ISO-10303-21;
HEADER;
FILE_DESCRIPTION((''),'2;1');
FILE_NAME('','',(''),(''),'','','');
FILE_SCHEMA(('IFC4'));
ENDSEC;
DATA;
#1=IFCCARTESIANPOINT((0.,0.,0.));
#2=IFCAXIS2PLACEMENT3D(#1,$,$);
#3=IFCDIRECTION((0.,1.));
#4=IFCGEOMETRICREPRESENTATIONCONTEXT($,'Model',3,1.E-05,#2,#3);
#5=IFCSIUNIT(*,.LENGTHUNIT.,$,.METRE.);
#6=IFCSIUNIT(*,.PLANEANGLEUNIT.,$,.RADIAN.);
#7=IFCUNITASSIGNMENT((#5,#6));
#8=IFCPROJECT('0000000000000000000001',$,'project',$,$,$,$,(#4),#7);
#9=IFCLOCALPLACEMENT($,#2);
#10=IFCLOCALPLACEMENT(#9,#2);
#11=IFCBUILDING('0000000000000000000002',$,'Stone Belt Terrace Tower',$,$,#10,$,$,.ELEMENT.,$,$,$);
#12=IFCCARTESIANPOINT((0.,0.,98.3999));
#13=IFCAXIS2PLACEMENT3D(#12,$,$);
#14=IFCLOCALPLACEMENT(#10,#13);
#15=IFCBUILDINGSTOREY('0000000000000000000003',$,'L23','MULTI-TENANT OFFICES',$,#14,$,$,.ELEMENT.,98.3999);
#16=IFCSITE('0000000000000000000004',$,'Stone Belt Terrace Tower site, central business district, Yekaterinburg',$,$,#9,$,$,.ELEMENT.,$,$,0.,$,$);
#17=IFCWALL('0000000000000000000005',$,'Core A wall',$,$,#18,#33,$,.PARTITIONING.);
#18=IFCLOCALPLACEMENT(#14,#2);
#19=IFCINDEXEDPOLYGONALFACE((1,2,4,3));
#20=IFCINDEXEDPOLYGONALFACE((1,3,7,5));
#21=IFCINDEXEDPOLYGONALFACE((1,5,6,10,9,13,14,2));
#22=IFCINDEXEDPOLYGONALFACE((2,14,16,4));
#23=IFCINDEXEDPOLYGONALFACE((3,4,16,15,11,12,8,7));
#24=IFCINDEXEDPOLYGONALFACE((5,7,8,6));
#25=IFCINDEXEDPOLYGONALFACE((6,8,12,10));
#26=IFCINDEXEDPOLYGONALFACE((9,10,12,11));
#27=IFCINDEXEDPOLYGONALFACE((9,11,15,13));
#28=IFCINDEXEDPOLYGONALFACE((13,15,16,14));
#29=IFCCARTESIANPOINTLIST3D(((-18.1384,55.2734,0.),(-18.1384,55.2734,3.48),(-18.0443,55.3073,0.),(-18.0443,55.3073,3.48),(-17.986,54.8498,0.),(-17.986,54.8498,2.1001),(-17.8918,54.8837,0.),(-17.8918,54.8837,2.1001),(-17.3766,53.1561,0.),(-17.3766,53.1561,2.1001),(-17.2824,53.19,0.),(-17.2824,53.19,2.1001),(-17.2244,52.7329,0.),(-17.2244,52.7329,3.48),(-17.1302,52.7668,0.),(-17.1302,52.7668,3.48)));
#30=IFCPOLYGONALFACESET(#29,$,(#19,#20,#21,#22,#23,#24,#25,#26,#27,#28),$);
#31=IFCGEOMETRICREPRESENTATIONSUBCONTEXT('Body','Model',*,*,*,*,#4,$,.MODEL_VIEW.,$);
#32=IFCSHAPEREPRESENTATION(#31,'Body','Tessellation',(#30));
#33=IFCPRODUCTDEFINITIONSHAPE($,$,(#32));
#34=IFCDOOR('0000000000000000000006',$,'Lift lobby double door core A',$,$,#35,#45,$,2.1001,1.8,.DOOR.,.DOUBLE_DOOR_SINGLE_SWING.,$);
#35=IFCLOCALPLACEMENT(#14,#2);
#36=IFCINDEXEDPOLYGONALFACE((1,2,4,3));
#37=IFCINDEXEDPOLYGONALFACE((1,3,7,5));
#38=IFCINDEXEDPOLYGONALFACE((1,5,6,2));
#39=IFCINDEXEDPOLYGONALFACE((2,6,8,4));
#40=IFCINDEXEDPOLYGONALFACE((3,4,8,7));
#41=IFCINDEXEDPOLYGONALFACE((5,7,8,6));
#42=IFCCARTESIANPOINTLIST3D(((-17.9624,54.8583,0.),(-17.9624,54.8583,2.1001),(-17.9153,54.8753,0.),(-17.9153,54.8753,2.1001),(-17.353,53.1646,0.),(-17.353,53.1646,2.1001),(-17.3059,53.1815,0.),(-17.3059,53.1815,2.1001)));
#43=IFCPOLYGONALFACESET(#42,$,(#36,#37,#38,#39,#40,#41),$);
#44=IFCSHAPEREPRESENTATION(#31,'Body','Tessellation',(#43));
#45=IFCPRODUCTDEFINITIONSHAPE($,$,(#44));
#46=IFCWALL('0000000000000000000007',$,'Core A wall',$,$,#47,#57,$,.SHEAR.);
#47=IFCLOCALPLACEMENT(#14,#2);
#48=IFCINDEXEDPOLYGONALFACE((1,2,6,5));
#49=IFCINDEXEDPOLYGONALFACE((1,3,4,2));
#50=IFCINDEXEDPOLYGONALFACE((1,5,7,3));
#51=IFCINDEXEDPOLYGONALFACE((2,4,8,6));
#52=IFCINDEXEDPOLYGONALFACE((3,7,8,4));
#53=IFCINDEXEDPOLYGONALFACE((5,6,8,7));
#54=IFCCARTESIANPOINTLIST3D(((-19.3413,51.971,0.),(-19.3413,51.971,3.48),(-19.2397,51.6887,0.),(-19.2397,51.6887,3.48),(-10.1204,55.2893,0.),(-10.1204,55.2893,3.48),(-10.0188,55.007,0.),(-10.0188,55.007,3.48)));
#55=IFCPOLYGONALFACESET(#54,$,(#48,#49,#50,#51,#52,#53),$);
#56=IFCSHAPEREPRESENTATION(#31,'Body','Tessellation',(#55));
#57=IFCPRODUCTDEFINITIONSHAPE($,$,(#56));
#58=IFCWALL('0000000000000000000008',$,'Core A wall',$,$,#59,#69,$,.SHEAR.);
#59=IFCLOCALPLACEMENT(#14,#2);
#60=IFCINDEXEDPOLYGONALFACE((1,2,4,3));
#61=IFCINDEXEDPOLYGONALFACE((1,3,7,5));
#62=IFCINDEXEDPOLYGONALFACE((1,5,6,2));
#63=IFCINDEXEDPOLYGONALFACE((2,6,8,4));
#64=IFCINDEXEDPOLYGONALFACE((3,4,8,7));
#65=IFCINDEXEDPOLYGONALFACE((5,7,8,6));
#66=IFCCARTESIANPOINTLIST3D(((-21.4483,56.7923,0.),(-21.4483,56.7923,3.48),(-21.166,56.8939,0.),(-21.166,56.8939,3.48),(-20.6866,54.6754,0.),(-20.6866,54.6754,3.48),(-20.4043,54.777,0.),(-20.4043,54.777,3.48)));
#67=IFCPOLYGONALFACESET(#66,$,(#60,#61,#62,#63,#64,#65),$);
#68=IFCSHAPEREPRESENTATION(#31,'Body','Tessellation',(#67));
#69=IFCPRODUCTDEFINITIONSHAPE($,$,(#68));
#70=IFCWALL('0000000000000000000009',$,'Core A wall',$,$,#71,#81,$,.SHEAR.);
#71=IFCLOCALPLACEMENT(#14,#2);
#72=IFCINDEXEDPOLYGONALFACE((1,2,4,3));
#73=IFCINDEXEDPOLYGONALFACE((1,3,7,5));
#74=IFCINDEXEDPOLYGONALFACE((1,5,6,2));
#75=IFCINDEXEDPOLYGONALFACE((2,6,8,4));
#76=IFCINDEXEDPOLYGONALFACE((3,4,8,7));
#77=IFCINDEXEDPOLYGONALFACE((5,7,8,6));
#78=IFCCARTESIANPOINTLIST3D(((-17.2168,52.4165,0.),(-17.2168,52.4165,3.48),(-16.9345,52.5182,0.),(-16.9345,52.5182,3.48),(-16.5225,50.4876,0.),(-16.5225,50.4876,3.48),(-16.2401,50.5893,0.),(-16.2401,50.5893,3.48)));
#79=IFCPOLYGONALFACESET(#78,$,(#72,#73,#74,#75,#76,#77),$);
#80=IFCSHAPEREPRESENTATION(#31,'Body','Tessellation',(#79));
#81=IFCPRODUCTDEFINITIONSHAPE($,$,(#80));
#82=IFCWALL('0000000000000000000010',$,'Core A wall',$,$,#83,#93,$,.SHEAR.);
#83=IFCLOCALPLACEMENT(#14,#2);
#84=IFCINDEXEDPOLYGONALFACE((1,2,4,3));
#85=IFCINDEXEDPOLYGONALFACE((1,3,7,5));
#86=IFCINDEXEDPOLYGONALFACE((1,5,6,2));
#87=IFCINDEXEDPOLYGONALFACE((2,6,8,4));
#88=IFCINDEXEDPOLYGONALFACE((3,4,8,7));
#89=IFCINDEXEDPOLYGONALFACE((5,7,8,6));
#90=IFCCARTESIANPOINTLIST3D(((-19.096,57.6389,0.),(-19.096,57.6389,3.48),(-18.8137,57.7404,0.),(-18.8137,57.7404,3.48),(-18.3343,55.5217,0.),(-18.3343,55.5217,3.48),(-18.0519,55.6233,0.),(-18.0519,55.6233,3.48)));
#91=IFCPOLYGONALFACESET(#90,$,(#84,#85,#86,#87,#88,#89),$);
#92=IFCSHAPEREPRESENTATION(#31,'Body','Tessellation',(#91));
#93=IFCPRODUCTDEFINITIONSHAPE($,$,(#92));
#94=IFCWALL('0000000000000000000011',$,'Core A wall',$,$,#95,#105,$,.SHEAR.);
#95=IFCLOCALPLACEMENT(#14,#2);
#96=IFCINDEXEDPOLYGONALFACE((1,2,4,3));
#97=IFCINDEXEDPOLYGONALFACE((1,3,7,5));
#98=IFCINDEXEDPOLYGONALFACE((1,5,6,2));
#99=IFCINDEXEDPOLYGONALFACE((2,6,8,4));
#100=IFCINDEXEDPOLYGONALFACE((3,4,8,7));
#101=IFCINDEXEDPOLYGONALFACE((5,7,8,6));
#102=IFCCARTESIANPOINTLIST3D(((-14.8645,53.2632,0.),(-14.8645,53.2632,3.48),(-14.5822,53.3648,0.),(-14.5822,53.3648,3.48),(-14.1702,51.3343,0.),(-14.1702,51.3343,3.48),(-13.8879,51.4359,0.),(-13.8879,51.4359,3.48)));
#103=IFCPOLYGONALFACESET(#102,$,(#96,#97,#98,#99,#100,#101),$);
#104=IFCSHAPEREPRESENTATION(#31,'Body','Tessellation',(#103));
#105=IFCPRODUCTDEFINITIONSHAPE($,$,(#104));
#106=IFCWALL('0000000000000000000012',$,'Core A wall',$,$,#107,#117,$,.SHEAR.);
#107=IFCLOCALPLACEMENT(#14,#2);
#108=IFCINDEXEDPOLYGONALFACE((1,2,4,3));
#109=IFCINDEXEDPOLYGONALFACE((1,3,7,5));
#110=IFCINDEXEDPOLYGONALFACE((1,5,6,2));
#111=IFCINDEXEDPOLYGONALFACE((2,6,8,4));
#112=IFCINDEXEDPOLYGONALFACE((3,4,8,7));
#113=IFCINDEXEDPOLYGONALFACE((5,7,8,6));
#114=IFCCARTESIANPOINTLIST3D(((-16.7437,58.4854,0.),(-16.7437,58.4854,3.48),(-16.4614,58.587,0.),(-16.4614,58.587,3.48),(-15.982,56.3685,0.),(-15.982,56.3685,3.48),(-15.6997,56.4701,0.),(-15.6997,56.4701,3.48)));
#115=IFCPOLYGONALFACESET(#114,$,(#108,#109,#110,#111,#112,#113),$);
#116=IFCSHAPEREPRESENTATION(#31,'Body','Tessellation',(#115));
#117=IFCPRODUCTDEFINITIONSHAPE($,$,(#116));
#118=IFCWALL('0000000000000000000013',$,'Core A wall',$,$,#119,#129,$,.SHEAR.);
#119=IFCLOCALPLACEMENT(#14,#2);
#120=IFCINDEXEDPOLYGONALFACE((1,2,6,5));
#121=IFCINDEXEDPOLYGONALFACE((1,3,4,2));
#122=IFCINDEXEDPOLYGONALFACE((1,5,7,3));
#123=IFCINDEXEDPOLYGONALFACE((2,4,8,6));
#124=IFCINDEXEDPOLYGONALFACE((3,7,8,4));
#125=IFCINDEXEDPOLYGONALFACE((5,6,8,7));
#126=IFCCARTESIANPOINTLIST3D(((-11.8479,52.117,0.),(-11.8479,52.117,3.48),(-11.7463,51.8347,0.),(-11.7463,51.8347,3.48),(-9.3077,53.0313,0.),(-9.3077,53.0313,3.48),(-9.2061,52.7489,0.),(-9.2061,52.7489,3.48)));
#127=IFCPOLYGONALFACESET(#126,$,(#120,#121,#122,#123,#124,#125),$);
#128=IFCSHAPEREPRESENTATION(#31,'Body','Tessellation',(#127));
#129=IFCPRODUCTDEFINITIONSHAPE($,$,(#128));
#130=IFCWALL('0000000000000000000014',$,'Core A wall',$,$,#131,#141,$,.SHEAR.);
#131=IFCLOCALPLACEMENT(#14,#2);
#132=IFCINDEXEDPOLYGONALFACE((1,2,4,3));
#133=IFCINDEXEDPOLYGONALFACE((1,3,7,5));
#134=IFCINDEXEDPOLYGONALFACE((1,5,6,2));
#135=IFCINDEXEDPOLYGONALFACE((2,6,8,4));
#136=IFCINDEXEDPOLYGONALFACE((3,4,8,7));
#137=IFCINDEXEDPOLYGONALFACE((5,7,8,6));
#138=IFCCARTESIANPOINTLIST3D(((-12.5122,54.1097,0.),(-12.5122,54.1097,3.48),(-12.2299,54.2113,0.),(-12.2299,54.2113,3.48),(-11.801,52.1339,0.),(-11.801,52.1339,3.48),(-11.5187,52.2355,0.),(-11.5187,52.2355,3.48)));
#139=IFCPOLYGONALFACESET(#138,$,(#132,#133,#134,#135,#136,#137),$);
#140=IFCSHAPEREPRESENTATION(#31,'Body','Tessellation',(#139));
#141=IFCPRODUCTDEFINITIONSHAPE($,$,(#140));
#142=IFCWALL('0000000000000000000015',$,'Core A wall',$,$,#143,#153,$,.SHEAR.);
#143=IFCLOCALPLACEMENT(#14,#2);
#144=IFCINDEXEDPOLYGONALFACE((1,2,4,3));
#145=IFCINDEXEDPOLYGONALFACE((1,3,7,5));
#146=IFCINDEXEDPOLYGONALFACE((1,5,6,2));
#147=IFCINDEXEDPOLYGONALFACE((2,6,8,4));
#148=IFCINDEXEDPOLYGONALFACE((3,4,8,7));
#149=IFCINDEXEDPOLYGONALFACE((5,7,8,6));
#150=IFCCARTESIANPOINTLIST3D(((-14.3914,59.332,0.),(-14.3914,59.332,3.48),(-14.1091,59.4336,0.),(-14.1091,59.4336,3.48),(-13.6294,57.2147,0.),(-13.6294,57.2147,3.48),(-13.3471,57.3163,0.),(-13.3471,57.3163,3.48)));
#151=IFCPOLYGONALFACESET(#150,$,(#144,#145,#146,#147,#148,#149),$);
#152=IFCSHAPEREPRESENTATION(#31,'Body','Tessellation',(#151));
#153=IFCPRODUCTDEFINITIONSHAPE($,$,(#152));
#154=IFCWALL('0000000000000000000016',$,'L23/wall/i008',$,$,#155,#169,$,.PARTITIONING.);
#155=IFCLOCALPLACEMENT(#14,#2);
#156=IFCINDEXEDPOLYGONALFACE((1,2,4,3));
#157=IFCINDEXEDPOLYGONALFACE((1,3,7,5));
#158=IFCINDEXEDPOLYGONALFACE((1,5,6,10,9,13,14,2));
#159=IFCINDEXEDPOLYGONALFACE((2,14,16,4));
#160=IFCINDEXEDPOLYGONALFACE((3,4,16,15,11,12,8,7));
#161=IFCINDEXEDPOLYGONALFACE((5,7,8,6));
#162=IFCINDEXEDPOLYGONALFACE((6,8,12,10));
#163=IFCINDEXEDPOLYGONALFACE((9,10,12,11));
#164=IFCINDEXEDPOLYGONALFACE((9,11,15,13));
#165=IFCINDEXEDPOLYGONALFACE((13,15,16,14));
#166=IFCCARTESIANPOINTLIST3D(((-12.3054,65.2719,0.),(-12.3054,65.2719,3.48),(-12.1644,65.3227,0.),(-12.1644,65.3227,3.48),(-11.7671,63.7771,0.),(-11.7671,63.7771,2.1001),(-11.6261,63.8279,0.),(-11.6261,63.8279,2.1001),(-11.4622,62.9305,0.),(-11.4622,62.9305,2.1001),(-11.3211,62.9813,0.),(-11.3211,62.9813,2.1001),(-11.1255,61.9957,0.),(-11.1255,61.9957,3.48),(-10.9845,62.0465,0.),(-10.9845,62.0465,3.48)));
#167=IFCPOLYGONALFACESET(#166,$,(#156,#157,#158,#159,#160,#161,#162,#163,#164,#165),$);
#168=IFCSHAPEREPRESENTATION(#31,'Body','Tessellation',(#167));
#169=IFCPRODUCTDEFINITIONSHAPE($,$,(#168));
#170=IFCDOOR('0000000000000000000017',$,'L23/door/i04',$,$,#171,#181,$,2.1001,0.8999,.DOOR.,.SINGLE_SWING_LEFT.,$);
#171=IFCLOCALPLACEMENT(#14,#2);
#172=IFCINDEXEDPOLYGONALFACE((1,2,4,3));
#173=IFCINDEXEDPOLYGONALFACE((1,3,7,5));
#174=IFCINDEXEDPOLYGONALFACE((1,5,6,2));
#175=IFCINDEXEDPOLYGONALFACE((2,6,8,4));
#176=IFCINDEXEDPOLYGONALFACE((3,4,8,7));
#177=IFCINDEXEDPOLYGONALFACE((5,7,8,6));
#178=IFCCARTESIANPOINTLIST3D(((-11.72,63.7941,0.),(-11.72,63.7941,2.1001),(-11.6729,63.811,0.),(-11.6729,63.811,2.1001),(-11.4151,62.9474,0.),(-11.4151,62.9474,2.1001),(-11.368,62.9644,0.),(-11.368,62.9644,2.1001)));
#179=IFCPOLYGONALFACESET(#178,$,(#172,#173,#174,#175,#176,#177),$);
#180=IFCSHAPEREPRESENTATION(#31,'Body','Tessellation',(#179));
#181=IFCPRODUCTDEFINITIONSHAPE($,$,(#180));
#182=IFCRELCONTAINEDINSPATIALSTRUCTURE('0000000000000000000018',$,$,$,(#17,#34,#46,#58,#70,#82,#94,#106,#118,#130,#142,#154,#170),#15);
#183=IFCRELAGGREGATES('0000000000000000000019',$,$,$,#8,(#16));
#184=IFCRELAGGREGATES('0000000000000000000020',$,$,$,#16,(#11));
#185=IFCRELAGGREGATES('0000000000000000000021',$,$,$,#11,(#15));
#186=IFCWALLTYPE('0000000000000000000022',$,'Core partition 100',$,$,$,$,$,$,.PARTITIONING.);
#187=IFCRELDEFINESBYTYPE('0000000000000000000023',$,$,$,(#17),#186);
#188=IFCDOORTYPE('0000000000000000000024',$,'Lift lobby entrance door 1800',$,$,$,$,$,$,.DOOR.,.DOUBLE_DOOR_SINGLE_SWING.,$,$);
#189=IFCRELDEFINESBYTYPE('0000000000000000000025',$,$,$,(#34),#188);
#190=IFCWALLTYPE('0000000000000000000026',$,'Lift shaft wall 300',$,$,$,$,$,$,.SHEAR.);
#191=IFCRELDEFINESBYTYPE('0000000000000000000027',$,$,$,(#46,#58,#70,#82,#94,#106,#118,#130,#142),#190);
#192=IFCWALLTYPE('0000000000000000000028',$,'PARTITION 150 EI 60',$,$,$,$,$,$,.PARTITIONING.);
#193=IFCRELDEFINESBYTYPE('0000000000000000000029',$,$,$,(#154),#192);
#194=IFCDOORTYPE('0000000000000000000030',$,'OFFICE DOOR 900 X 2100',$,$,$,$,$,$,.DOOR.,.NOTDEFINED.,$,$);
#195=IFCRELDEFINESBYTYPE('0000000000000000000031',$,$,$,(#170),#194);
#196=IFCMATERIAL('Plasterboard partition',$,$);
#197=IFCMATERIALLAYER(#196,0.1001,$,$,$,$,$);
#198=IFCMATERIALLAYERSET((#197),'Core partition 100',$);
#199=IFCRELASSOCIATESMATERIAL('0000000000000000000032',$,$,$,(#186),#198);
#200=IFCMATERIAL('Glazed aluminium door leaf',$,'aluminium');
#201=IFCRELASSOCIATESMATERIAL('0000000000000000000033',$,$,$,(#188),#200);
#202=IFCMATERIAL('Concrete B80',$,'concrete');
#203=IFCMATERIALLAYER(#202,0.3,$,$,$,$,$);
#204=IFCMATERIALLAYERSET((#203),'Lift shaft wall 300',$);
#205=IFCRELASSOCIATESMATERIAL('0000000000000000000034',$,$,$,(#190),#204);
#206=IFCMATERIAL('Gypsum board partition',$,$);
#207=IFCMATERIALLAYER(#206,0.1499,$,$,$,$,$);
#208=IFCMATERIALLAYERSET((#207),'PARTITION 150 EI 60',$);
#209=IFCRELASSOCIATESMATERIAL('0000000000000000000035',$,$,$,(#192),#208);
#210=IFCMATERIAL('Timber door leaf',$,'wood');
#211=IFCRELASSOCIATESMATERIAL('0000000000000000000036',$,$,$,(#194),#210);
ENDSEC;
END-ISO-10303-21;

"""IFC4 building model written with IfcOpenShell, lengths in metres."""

from ifc_helpers import new_model, si_unit, direction, frame, frame_2d, origin, place, context, subcontext, project, spatial, rectangle, extrude, material, layer, layer_set, type_object, element, fill, save


model = new_model("IFC4")

# Units and contexts
model_context = context("Model", 3, precision=1e-05, world=origin(), true_north=direction((0.0, 1.0)))
body_context = subcontext(model_context, "Body", "Model", "MODEL_VIEW")
ifc_project = project(units=[si_unit("LENGTHUNIT", "METRE"), si_unit("PLANEANGLEUNIT", "RADIAN")], contexts=[model_context])

# Site, building, storey
site_placement = place(None, origin())
site = spatial("IfcSite", under=ifc_project, at=site_placement, Name="Stone Belt Terrace Tower site, central business district, Yekaterinburg", CompositionType="ELEMENT", RefElevation=0.0)
building_placement = place(site_placement, origin())
building = spatial("IfcBuilding", under=site, at=building_placement, Name="Stone Belt Terrace Tower", CompositionType="ELEMENT")
storey_placement = place(building_placement, frame((0.0, 0.0, 98.3999)))
storey = spatial("IfcBuildingStorey", under=building, at=storey_placement, Name="L23", Description="MULTI-TENANT OFFICES", CompositionType="ELEMENT", Elevation=98.3999)

# Shared definitions
ifc_material_1 = material(Name="Concrete B80", Category="concrete")

# Wall, opening, door
ifc_material_2 = material(Name="Plasterboard partition")
ifc_layer_1 = layer(ifc_material_2, 0.1001)
ifc_layer_set_1 = layer_set([ifc_layer_1], Name="Core partition 100")
wall_type_1 = type_object("IfcWallType", Name="Core partition 100", PredefinedType="PARTITIONING", material=ifc_layer_set_1)
wall_1_placement = place(storey_placement, frame((-17.1772, 52.7498, 0.0), z_axis=(0.0, 0.0, 1.0), x_axis=(-0.338547, 0.94095, 0.0)))
wall_1 = element("IfcWall", 1, at=wall_1_placement, inside=storey, type_object=wall_type_1, Name="Core A wall", PredefinedType="PARTITIONING", context=body_context, shape_type="SweptSolid", body=[
    extrude(rectangle(XDim=2.7, YDim=0.1001, at=frame_2d((1.3501, 0.0))), origin(), (0.0, 0.0, 1.0), 3.48),
])
opening_1_placement = place(wall_1_placement, frame((0.45, 0.0, 0.0)))
opening_1 = element("IfcOpeningElement", 2, at=opening_1_placement, cuts=wall_1, PredefinedType="OPENING", context=body_context, shape_type="SweptSolid", body=[
    extrude(rectangle(XDim=1.8, YDim=2.1001, at=frame_2d((0.8999, 1.05))), frame((0.0, 0.0601, 0.0), z_axis=(0.0, -1.0, 0.0), x_axis=(1.0, 0.0, 0.0)), (0.0, 0.0, 1.0), 0.1201),
])
ifc_material_3 = material(Name="Glazed aluminium door leaf", Category="aluminium")
door_type_1 = type_object("IfcDoorType", Name="Lift lobby entrance door 1800", OperationType="DOUBLE_DOOR_SINGLE_SWING", PredefinedType="DOOR", material=ifc_material_3)
door_1_placement = place(opening_1_placement, origin())
door_1 = element("IfcDoor", 3, at=door_1_placement, inside=storey, type_object=door_type_1, Name="Lift lobby double door core A", OperationType="DOUBLE_DOOR_SINGLE_SWING", OverallHeight=2.1001, OverallWidth=1.8, PredefinedType="DOOR", context=body_context, shape_type="SweptSolid", body=[
    extrude(rectangle(XDim=1.8, YDim=2.1001, at=frame_2d((0.8999, 1.05))), frame((0.0, 0.0249, 0.0), z_axis=(0.0, -1.0, 0.0), x_axis=(1.0, 0.0, 0.0)), (0.0, 0.0, 1.0), 0.05),
])
fill(opening_1, door_1)

# Walls
ifc_layer_2 = layer(ifc_material_1, 0.3)
ifc_layer_set_2 = layer_set([ifc_layer_2], Name="Lift shaft wall 300")
wall_type_2 = type_object("IfcWallType", Name="Lift shaft wall 300", PredefinedType="SHEAR", material=ifc_layer_set_2)
wall_2_placement = place(storey_placement, frame((-19.2905, 51.8298, 0.0), z_axis=(0.0, 0.0, 1.0), x_axis=(0.940926, 0.338613, 0.0)))
element("IfcWall", 4, at=wall_2_placement, inside=storey, type_object=wall_type_2, Name="Core A wall", PredefinedType="SHEAR", context=body_context, shape_type="SweptSolid", body=[
    extrude(rectangle(XDim=9.7998, YDim=0.3, at=frame_2d((4.8999, 0.0))), origin(), (0.0, 0.0, 1.0), 3.48),
])
wall_3_placement = place(storey_placement, frame((-20.5454, 54.7261, 0.0), z_axis=(0.0, 0.0, 1.0), x_axis=(-0.33857, 0.940941, 0.0)))
element("IfcWall", 5, at=wall_3_placement, inside=storey, type_object=wall_type_2, Name="Core A wall", PredefinedType="SHEAR", context=body_context, shape_type="SweptSolid", body=[
    extrude(rectangle(XDim=2.2498, YDim=0.3, at=frame_2d((1.125, 0.0))), origin(), (0.0, 0.0, 1.0), 3.48),
])
wall_4_placement = place(storey_placement, frame((-16.3813, 50.5386, 0.0), z_axis=(0.0, 0.0, 1.0), x_axis=(-0.338682, 0.940901, 0.0)))
element("IfcWall", 6, at=wall_4_placement, inside=storey, type_object=wall_type_2, Name="Core A wall", PredefinedType="SHEAR", context=body_context, shape_type="SweptSolid", body=[
    extrude(rectangle(XDim=2.05, YDim=0.3, at=frame_2d((1.0249, 0.0))), origin(), (0.0, 0.0, 1.0), 3.48),
])
wall_5_placement = place(storey_placement, frame((-18.1931, 55.5725, 0.0), z_axis=(0.0, 0.0, 1.0), x_axis=(-0.338535, 0.940954, 0.0)))
element("IfcWall", 7, at=wall_5_placement, inside=storey, type_object=wall_type_2, Name="Core A wall", PredefinedType="SHEAR", context=body_context, shape_type="SweptSolid", body=[
    extrude(rectangle(XDim=2.25, YDim=0.3, at=frame_2d((1.125, 0.0))), origin(), (0.0, 0.0, 1.0), 3.48),
])
wall_6_placement = place(storey_placement, frame((-14.0291, 51.3853, 0.0), z_axis=(0.0, 0.0, 1.0), x_axis=(-0.338682, 0.940901, 0.0)))
element("IfcWall", 8, at=wall_6_placement, inside=storey, type_object=wall_type_2, Name="Core A wall", PredefinedType="SHEAR", context=body_context, shape_type="SweptSolid", body=[
    extrude(rectangle(XDim=2.05, YDim=0.3, at=frame_2d((1.0249, 0.0))), origin(), (0.0, 0.0, 1.0), 3.48),
])
wall_7_placement = place(storey_placement, frame((-15.8408, 56.4192, 0.0), z_axis=(0.0, 0.0, 1.0), x_axis=(-0.33857, 0.940941, 0.0)))
element("IfcWall", 9, at=wall_7_placement, inside=storey, type_object=wall_type_2, Name="Core A wall", PredefinedType="SHEAR", context=body_context, shape_type="SweptSolid", body=[
    extrude(rectangle(XDim=2.2498, YDim=0.3, at=frame_2d((1.125, 0.0))), origin(), (0.0, 0.0, 1.0), 3.48),
])
wall_8_placement = place(storey_placement, frame((-11.7971, 51.9758, 0.0), z_axis=(0.0, 0.0, 1.0), x_axis=(0.94091, 0.338655, 0.0)))
element("IfcWall", 10, at=wall_8_placement, inside=storey, type_object=wall_type_2, Name="Core A wall", PredefinedType="SHEAR", context=body_context, shape_type="SweptSolid", body=[
    extrude(rectangle(XDim=2.6997, YDim=0.3, at=frame_2d((1.3499, 0.0))), origin(), (0.0, 0.0, 1.0), 3.48),
])
wall_9_placement = place(storey_placement, frame((-11.6599, 52.1848, 0.0), z_axis=(0.0, 0.0, 1.0), x_axis=(-0.33867, 0.940905, 0.0)))
element("IfcWall", 11, at=wall_9_placement, inside=storey, type_object=wall_type_2, Name="Core A wall", PredefinedType="SHEAR", context=body_context, shape_type="SweptSolid", body=[
    extrude(rectangle(XDim=2.0999, YDim=0.3, at=frame_2d((1.0498, 0.0))), origin(), (0.0, 0.0, 1.0), 3.48),
])
wall_10_placement = place(storey_placement, frame((-13.4883, 57.2656, 0.0), z_axis=(0.0, 0.0, 1.0), x_axis=(-0.338631, 0.940919, 0.0)))
element("IfcWall", 12, at=wall_10_placement, inside=storey, type_object=wall_type_2, Name="Core A wall", PredefinedType="SHEAR", context=body_context, shape_type="SweptSolid", body=[
    extrude(rectangle(XDim=2.2502, YDim=0.3, at=frame_2d((1.125, 0.0))), origin(), (0.0, 0.0, 1.0), 3.48),
])

# Wall, opening, door
ifc_material_4 = material(Name="Gypsum board partition")
ifc_layer_3 = layer(ifc_material_4, 0.1499)
ifc_layer_set_3 = layer_set([ifc_layer_3], Name="PARTITION 150 EI 60")
wall_type_3 = type_object("IfcWallType", Name="PARTITION 150 EI 60", PredefinedType="PARTITIONING", material=ifc_layer_set_3)
wall_11_placement = place(storey_placement, frame((-11.0549, 62.021, 0.0), z_axis=(0.0, 0.0, 1.0), x_axis=(-0.338854, 0.940839, 0.0)))
wall_11 = element("IfcWall", 13, at=wall_11_placement, inside=storey, type_object=wall_type_3, Name="L23/wall/i008", PredefinedType="PARTITIONING", context=body_context, shape_type="SweptSolid", body=[
    extrude(rectangle(XDim=3.4822, YDim=0.1499, at=frame_2d((1.7412, 0.0))), origin(), (0.0, 0.0, 1.0), 3.48),
])
opening_2_placement = place(wall_11_placement, frame((0.9937, 0.0, 0.0)))
opening_2 = element("IfcOpeningElement", 14, at=opening_2_placement, cuts=wall_11, PredefinedType="OPENING", context=body_context, shape_type="SweptSolid", body=[
    extrude(rectangle(XDim=0.8999, YDim=2.1001, at=frame_2d((0.45, 1.05))), frame((0.0, 0.085, 0.0), z_axis=(0.0, -1.0, 0.0), x_axis=(1.0, 0.0, 0.0)), (0.0, 0.0, 1.0), 0.1699),
])
ifc_material_5 = material(Name="Timber door leaf", Category="wood")
door_type_2 = type_object("IfcDoorType", Name="OFFICE DOOR 900 X 2100", OperationType="NOTDEFINED", PredefinedType="DOOR", material=ifc_material_5)
door_2_placement = place(opening_2_placement, origin())
door_2 = element("IfcDoor", 15, at=door_2_placement, inside=storey, type_object=door_type_2, Name="L23/door/i04", OperationType="SINGLE_SWING_LEFT", OverallHeight=2.1001, OverallWidth=0.8999, PredefinedType="DOOR", context=body_context, shape_type="SweptSolid", body=[
    extrude(rectangle(XDim=0.8999, YDim=2.1001, at=frame_2d((0.45, 1.05))), frame((0.0, 0.0249, 0.0), z_axis=(0.0, -1.0, 0.0), x_axis=(1.0, 0.0, 0.0)), (0.0, 0.0, 1.0), 0.05),
])
fill(opening_2, door_2)

save(model, "model.ifc")
